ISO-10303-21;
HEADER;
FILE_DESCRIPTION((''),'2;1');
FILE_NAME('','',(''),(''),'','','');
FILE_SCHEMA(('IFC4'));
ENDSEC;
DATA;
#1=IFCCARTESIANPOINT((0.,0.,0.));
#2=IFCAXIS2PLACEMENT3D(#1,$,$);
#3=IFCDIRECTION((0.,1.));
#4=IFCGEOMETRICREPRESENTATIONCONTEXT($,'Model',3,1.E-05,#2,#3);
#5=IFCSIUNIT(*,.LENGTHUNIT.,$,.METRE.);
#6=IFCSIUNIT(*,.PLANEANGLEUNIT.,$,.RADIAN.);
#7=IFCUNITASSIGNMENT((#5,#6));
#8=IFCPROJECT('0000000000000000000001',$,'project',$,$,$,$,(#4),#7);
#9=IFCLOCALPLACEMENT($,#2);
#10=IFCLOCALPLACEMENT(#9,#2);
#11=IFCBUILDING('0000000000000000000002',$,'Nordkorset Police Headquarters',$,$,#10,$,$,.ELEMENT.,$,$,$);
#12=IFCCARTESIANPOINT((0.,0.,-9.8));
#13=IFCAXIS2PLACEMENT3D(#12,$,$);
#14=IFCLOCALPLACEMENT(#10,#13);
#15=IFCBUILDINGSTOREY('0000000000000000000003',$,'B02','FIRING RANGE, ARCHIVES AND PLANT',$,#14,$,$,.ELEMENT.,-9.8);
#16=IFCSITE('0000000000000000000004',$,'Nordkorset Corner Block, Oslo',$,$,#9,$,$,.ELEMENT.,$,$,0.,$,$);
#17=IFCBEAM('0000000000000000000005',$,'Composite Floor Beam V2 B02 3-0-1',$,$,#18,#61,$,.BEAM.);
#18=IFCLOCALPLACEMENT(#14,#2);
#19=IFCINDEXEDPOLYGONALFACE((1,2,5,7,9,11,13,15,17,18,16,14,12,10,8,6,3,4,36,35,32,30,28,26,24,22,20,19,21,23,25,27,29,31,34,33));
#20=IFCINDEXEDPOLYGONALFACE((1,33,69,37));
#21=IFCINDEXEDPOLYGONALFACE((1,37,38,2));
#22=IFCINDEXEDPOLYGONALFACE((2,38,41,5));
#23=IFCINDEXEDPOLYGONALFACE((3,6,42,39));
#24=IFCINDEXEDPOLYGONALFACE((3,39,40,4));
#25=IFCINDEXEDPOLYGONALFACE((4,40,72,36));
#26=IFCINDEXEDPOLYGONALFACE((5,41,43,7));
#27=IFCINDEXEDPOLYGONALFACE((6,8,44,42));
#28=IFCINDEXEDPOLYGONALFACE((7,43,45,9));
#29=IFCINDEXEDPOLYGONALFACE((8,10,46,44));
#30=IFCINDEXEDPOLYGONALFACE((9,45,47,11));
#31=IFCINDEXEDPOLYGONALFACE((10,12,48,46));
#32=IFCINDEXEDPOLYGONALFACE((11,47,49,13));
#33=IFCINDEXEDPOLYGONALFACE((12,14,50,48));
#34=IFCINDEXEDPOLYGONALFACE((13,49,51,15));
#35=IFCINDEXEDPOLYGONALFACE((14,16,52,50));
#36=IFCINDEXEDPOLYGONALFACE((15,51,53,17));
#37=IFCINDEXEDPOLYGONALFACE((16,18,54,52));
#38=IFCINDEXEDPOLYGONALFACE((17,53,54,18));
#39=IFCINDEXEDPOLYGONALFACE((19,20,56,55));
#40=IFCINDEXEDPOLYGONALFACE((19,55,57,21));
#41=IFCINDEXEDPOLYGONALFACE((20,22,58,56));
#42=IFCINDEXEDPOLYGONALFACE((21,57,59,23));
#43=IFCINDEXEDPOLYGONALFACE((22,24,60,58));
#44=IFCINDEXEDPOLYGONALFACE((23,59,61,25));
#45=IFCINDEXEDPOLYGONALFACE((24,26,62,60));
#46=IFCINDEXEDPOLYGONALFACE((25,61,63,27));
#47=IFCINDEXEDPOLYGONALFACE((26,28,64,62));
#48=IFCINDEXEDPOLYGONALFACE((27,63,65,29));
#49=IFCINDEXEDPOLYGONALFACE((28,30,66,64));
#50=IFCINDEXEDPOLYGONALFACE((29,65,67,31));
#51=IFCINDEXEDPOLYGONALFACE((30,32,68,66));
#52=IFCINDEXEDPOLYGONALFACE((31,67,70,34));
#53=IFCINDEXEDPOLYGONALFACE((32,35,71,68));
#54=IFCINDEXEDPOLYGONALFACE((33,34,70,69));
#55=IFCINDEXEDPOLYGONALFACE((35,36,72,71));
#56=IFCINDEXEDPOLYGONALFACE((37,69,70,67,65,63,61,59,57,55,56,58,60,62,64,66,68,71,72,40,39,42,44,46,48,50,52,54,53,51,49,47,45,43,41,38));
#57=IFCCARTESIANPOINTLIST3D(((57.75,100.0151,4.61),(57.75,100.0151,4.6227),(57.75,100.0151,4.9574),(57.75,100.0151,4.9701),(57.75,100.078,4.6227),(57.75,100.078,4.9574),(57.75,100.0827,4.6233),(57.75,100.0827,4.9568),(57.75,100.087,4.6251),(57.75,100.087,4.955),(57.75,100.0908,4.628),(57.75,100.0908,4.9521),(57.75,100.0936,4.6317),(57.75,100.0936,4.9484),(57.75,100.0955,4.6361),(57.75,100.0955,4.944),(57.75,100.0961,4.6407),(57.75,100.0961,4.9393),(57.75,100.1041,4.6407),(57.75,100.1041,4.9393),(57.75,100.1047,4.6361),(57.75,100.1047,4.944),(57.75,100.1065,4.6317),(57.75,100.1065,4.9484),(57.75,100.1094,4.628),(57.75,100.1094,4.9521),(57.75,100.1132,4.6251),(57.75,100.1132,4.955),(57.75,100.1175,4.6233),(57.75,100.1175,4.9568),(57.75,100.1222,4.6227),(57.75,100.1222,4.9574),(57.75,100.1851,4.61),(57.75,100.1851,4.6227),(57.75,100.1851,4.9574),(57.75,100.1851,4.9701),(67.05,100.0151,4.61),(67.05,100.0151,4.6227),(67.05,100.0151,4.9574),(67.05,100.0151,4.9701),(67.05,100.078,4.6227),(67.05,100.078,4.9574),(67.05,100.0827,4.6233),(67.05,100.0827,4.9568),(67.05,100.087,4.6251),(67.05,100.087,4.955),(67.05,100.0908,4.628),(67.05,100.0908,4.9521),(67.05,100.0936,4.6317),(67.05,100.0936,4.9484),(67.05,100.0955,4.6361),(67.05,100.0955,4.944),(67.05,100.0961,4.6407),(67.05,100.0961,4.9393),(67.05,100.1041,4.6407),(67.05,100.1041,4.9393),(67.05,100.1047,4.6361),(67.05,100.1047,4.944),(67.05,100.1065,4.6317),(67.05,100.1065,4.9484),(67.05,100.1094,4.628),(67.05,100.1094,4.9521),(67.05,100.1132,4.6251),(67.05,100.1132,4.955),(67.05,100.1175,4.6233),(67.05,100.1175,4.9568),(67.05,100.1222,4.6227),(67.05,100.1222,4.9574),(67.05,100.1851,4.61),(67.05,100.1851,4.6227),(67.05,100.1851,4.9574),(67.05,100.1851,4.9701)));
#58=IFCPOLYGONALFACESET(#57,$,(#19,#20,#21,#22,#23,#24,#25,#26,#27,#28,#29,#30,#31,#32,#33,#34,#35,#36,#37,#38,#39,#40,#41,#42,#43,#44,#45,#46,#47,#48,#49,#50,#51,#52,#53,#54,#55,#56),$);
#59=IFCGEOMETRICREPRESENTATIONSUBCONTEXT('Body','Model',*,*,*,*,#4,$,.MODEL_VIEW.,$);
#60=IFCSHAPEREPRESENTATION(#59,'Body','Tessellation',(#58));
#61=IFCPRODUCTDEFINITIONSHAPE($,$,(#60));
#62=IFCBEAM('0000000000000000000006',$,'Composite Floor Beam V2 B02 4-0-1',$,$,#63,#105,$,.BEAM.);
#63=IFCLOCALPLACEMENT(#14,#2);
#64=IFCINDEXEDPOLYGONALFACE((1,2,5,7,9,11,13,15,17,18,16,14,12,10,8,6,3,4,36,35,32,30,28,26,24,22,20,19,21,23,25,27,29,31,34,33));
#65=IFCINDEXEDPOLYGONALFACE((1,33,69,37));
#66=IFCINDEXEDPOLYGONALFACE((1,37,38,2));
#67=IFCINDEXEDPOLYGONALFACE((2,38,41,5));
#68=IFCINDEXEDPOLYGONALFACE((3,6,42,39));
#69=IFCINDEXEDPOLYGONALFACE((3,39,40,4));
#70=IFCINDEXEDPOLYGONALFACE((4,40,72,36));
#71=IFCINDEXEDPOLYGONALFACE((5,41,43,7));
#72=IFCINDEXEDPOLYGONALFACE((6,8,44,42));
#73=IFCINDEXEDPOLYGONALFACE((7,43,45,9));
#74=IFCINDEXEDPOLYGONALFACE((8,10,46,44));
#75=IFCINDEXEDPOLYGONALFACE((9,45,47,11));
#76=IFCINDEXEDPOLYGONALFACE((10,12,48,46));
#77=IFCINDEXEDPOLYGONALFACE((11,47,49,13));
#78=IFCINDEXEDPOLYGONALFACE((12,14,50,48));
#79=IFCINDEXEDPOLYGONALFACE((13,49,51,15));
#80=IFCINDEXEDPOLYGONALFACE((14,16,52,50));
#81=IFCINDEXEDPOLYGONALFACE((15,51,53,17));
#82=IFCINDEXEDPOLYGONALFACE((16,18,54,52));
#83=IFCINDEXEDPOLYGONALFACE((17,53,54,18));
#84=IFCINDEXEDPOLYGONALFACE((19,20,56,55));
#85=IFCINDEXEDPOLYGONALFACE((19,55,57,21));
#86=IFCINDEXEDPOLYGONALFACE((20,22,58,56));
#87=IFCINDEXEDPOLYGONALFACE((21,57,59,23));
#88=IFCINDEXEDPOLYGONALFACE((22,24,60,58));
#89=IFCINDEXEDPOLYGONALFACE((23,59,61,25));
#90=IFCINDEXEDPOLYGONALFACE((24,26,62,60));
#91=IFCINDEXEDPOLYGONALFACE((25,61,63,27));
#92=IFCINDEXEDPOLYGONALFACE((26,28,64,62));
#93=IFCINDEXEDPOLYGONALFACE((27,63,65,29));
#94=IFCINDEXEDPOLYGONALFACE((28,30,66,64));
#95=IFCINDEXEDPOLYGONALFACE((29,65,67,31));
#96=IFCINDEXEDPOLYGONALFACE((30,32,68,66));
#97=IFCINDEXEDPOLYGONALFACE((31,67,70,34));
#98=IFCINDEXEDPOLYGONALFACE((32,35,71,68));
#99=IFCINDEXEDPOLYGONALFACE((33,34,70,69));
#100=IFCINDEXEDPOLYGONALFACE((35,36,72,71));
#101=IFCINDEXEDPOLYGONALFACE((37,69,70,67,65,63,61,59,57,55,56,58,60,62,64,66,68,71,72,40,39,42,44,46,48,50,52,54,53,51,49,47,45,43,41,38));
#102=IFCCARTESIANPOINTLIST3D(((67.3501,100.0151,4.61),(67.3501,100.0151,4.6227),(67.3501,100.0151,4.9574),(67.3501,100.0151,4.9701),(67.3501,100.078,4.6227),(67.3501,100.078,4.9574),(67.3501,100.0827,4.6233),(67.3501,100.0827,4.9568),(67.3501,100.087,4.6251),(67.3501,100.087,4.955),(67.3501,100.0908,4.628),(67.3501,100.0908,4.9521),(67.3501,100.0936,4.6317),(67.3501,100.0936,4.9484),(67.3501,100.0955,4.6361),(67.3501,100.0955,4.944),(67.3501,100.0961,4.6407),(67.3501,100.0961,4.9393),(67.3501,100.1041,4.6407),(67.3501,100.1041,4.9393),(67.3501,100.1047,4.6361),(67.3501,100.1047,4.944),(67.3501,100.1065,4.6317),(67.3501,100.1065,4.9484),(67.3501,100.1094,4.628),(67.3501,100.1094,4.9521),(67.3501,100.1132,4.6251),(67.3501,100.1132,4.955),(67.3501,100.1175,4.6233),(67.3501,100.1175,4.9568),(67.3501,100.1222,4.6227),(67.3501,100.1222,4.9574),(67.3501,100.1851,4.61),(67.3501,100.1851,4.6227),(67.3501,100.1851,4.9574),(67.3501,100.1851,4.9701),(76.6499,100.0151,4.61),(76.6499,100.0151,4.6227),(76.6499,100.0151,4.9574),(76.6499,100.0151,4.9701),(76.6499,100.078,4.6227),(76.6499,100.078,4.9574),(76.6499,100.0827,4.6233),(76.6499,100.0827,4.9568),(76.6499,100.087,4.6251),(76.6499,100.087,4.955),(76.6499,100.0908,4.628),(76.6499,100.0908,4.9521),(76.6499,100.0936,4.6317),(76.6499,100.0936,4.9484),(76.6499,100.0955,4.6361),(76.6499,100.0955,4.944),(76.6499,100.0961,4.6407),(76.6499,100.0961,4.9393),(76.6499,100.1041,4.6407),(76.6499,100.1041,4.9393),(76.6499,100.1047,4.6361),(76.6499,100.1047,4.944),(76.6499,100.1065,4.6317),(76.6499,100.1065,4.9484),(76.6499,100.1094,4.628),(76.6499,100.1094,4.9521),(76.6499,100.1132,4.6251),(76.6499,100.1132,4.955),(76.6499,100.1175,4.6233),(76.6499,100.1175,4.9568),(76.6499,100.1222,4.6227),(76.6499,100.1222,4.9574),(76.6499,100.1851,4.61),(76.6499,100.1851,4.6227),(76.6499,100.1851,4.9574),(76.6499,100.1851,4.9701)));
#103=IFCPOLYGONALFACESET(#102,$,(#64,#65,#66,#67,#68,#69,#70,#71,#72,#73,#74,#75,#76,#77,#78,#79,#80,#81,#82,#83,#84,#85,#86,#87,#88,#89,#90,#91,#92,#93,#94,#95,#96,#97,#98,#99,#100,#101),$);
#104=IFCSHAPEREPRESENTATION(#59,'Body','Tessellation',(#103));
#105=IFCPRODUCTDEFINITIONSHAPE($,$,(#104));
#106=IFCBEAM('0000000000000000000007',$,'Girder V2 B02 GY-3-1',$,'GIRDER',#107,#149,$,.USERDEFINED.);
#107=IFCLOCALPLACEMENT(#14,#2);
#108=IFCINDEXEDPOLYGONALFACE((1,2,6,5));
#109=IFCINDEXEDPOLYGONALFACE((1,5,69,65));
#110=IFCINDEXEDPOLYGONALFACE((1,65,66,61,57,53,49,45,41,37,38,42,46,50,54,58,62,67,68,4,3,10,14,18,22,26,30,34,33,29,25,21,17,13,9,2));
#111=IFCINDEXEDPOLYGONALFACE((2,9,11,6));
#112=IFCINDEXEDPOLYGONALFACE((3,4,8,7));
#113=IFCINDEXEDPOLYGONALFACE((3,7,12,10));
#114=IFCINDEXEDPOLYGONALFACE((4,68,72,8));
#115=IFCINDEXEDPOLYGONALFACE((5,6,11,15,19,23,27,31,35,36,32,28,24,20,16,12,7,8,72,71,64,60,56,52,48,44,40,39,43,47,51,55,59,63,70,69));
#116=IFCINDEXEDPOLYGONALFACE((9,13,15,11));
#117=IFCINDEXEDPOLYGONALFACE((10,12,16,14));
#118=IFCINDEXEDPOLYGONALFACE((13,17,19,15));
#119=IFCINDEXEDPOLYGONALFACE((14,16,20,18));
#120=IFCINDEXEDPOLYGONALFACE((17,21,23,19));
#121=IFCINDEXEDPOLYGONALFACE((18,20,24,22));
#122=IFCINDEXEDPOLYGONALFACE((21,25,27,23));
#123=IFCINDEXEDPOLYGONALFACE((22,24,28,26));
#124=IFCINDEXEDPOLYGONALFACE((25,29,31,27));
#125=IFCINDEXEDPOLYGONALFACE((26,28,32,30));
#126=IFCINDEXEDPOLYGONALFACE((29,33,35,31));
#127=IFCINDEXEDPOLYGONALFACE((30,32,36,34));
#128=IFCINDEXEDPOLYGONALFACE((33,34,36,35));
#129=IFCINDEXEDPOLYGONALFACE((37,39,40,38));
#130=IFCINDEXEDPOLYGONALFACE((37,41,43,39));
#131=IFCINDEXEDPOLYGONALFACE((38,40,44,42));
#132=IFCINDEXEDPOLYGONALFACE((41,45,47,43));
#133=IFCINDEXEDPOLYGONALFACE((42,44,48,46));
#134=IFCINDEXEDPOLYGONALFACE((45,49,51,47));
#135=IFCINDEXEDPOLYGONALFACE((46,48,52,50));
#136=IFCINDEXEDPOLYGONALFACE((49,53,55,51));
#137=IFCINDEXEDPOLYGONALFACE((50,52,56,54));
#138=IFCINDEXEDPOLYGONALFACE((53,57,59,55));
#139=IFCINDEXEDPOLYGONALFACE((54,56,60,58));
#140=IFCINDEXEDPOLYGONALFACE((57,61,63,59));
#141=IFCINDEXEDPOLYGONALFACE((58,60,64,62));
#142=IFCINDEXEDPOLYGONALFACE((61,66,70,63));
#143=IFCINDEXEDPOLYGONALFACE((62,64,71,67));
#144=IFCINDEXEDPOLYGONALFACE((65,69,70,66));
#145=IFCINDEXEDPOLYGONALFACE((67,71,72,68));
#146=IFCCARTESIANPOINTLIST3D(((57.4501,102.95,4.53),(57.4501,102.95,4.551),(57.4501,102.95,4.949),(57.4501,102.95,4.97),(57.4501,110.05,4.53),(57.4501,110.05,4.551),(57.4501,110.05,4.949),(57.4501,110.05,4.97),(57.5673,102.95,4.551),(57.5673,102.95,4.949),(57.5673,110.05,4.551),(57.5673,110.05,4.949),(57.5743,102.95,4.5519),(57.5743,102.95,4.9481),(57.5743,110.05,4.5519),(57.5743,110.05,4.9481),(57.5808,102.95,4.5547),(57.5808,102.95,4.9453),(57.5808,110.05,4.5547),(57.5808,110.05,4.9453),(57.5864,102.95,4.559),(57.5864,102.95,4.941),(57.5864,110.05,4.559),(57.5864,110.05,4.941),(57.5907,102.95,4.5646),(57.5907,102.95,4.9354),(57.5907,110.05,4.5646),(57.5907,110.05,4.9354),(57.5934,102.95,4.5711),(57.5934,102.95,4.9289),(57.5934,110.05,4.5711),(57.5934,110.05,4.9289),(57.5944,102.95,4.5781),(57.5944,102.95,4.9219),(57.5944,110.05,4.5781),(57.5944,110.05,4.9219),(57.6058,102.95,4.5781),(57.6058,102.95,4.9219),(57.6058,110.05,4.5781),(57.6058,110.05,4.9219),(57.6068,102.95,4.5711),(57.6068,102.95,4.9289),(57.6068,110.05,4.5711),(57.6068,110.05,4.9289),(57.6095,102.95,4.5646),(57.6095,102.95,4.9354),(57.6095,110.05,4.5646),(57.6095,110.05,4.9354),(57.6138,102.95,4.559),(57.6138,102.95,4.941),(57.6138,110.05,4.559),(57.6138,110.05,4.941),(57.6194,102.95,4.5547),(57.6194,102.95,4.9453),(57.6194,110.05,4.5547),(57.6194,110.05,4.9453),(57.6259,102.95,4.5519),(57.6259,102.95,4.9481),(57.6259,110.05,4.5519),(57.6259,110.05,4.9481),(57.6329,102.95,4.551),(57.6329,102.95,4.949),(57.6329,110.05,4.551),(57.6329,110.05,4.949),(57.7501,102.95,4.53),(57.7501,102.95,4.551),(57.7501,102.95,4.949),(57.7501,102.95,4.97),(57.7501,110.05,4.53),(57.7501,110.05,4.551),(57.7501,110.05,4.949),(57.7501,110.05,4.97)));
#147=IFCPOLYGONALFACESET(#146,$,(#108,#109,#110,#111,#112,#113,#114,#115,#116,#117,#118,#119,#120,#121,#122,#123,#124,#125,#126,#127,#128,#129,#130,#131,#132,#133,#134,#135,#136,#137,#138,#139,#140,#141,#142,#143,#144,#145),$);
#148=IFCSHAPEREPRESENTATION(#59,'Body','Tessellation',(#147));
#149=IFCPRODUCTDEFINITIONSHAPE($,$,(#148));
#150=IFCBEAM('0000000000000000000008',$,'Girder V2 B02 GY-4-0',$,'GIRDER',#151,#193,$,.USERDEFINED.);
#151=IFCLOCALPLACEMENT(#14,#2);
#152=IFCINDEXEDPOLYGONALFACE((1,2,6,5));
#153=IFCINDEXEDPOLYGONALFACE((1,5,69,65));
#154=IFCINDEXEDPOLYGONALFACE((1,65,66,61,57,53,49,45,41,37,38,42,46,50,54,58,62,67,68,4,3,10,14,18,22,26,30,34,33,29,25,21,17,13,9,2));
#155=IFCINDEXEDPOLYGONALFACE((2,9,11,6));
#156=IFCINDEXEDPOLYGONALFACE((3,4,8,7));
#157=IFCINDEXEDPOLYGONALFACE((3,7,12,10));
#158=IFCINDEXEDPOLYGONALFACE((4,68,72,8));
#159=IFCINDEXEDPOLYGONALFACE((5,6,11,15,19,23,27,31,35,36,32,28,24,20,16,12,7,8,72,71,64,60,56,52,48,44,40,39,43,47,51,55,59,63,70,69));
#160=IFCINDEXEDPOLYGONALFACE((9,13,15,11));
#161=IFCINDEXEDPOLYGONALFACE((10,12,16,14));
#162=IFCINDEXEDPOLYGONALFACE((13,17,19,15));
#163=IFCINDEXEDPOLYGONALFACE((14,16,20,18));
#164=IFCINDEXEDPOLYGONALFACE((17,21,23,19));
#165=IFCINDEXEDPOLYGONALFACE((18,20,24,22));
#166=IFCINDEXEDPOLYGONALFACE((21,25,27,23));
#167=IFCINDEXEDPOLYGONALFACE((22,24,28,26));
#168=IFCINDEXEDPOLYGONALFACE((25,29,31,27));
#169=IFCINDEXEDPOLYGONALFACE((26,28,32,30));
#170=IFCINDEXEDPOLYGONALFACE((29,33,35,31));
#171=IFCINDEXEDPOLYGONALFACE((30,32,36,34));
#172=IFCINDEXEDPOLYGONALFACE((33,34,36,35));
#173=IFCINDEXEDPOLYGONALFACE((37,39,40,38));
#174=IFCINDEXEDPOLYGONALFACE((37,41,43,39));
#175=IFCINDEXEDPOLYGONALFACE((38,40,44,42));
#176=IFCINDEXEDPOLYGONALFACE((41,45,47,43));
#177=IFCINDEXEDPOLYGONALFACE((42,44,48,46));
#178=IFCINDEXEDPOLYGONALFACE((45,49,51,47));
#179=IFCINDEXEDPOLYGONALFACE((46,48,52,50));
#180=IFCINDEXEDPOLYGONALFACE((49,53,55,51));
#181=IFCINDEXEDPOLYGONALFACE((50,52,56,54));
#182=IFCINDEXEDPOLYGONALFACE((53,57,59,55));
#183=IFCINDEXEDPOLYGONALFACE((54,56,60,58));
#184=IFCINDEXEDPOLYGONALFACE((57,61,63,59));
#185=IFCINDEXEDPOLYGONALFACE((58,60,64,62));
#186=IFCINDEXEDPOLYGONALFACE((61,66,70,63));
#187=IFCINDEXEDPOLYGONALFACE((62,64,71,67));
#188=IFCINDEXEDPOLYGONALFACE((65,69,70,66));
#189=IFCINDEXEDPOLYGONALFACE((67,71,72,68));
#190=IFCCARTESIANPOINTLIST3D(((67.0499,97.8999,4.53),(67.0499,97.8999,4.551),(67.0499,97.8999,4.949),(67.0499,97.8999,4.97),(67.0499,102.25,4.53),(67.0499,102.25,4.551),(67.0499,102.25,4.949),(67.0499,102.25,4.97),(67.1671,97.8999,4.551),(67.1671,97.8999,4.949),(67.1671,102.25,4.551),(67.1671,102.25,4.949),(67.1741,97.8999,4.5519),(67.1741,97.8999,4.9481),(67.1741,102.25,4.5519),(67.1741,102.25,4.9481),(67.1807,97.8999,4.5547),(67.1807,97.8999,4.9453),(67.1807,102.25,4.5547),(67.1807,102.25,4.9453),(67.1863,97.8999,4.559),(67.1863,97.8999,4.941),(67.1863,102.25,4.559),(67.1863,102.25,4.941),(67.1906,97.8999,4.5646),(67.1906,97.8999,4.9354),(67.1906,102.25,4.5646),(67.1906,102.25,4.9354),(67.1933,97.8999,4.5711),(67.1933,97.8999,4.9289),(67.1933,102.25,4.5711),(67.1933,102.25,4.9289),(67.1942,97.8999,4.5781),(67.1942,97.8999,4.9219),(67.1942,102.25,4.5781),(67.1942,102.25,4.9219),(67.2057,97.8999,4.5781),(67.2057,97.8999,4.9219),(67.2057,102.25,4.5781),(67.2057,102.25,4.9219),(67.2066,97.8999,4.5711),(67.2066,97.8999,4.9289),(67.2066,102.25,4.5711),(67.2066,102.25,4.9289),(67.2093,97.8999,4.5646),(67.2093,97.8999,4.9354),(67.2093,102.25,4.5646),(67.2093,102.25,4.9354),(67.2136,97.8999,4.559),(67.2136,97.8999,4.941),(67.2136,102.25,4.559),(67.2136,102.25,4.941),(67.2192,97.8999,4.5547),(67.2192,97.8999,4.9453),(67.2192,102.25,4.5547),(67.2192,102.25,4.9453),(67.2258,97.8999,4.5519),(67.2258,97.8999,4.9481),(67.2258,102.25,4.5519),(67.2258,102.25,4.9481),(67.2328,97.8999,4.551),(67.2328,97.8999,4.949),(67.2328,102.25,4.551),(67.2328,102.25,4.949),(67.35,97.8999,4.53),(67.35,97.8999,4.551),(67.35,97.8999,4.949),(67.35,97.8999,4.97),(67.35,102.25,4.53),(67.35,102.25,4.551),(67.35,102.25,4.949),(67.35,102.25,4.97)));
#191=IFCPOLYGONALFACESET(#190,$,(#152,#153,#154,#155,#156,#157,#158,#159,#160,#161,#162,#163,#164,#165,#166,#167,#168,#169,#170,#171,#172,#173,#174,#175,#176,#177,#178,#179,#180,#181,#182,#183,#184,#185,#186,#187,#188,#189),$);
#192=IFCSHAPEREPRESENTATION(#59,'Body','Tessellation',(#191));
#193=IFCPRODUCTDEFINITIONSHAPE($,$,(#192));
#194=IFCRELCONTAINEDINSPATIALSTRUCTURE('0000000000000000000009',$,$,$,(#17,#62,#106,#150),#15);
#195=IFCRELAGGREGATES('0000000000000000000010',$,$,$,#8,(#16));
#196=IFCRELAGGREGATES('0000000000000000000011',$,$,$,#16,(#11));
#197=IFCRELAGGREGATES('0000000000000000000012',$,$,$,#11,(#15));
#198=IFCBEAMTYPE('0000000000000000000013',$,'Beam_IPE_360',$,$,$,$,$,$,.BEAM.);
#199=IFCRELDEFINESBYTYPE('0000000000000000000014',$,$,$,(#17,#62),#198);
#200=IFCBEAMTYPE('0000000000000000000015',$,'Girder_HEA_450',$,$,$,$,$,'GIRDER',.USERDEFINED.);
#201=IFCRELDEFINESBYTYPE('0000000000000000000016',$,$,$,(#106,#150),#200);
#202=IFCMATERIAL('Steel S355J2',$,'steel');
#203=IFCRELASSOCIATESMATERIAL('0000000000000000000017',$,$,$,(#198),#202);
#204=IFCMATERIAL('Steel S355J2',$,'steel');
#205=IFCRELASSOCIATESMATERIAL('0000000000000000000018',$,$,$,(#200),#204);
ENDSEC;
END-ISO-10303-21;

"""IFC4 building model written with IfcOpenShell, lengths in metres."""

from ifc_helpers import new_model, si_unit, direction, frame, origin, origin_2d, place, context, subcontext, project, spatial, i_section, extrude, material, material_profile, profile_set, type_object, element, save


model = new_model("IFC4")

# Units and contexts
model_context = context("Model", 3, precision=1e-05, world=origin(), true_north=direction((0.0, 1.0)))
body_context = subcontext(model_context, "Body", "Model", "MODEL_VIEW")
ifc_project = project(units=[si_unit("LENGTHUNIT", "METRE"), si_unit("PLANEANGLEUNIT", "RADIAN")], contexts=[model_context])

# Site, building, storey
site_placement = place(None, origin())
site = spatial("IfcSite", under=ifc_project, at=site_placement, Name="Nordkorset Corner Block, Oslo", CompositionType="ELEMENT", RefElevation=0.0)
building_placement = place(site_placement, origin())
building = spatial("IfcBuilding", under=site, at=building_placement, Name="Nordkorset Police Headquarters", CompositionType="ELEMENT")
storey_placement = place(building_placement, frame((0.0, 0.0, -9.8)))
storey = spatial("IfcBuildingStorey", under=building, at=storey_placement, Name="B02", Description="FIRING RANGE, ARCHIVES AND PLANT", CompositionType="ELEMENT", Elevation=-9.8)

# Beams
ifc_material_1 = material(Name="Steel S355J2", Category="steel")
ifc_material_profile_1 = material_profile(ifc_material_1, i_section(OverallWidth=0.1699, OverallDepth=0.3601, WebThickness=0.0081, FlangeThickness=0.0127, FilletRadius=0.0181, at=origin_2d()), Name="IPE 360")
ifc_profile_set_1 = profile_set([ifc_material_profile_1], Name="Steel S355J2")
beam_type_1 = type_object("IfcBeamType", Name="Beam_IPE_360", PredefinedType="BEAM", material=ifc_profile_set_1)
beam_1_placement = place(storey_placement, frame((57.75, 100.1001, 4.79), z_axis=(1.0, 0.0, 0.0), x_axis=(0.0, 1.0, 0.0)))
element("IfcBeam", 1, at=beam_1_placement, inside=storey, type_object=beam_type_1, Name="Composite Floor Beam V2 B02 3-0-1", PredefinedType="BEAM", context=body_context, shape_type="SweptSolid", body=[
    extrude(i_section(OverallWidth=0.1699, OverallDepth=0.3601, WebThickness=0.0081, FlangeThickness=0.0127, FilletRadius=0.0181, at=origin_2d()), origin(), (0.0, 0.0, 1.0), 9.3),
])
beam_2_placement = place(storey_placement, frame((67.3501, 100.1001, 4.79), z_axis=(1.0, 0.0, 0.0), x_axis=(0.0, 1.0, 0.0)))
element("IfcBeam", 2, at=beam_2_placement, inside=storey, type_object=beam_type_1, Name="Composite Floor Beam V2 B02 4-0-1", PredefinedType="BEAM", context=body_context, shape_type="SweptSolid", body=[
    extrude(i_section(OverallWidth=0.1699, OverallDepth=0.3601, WebThickness=0.0081, FlangeThickness=0.0127, FilletRadius=0.0181, at=origin_2d()), origin(), (0.0, 0.0, 1.0), 9.2998),
])
ifc_material_2 = material(Name="Steel S355J2", Category="steel")
ifc_material_profile_2 = material_profile(ifc_material_2, i_section(OverallWidth=0.3, OverallDepth=0.4399, WebThickness=0.0115, FlangeThickness=0.021, FilletRadius=0.0271, at=origin_2d()), Name="HEA 450")
ifc_profile_set_2 = profile_set([ifc_material_profile_2], Name="Steel S355J2")
beam_type_2 = type_object("IfcBeamType", Name="Girder_HEA_450", ElementType="GIRDER", PredefinedType="USERDEFINED", material=ifc_profile_set_2)
beam_3_placement = place(storey_placement, frame((57.6001, 102.95, 4.75), z_axis=(0.0, 1.0, 0.0), x_axis=(-1.0, 0.0, 0.0)))
element("IfcBeam", 3, at=beam_3_placement, inside=storey, type_object=beam_type_2, Name="Girder V2 B02 GY-3-1", ObjectType="GIRDER", PredefinedType="USERDEFINED", context=body_context, shape_type="SweptSolid", body=[
    extrude(i_section(OverallWidth=0.3, OverallDepth=0.4399, WebThickness=0.0115, FlangeThickness=0.021, FilletRadius=0.0271, at=origin_2d()), origin(), (0.0, 0.0, 1.0), 7.1001),
])
beam_4_placement = place(storey_placement, frame((67.2, 97.8999, 4.75), z_axis=(0.0, 1.0, 0.0), x_axis=(-1.0, 0.0, 0.0)))
element("IfcBeam", 4, at=beam_4_placement, inside=storey, type_object=beam_type_2, Name="Girder V2 B02 GY-4-0", ObjectType="GIRDER", PredefinedType="USERDEFINED", context=body_context, shape_type="SweptSolid", body=[
    extrude(i_section(OverallWidth=0.3, OverallDepth=0.4399, WebThickness=0.0115, FlangeThickness=0.021, FilletRadius=0.0271, at=origin_2d()), origin(), (0.0, 0.0, 1.0), 4.3501),
])

save(model, "model.ifc")
